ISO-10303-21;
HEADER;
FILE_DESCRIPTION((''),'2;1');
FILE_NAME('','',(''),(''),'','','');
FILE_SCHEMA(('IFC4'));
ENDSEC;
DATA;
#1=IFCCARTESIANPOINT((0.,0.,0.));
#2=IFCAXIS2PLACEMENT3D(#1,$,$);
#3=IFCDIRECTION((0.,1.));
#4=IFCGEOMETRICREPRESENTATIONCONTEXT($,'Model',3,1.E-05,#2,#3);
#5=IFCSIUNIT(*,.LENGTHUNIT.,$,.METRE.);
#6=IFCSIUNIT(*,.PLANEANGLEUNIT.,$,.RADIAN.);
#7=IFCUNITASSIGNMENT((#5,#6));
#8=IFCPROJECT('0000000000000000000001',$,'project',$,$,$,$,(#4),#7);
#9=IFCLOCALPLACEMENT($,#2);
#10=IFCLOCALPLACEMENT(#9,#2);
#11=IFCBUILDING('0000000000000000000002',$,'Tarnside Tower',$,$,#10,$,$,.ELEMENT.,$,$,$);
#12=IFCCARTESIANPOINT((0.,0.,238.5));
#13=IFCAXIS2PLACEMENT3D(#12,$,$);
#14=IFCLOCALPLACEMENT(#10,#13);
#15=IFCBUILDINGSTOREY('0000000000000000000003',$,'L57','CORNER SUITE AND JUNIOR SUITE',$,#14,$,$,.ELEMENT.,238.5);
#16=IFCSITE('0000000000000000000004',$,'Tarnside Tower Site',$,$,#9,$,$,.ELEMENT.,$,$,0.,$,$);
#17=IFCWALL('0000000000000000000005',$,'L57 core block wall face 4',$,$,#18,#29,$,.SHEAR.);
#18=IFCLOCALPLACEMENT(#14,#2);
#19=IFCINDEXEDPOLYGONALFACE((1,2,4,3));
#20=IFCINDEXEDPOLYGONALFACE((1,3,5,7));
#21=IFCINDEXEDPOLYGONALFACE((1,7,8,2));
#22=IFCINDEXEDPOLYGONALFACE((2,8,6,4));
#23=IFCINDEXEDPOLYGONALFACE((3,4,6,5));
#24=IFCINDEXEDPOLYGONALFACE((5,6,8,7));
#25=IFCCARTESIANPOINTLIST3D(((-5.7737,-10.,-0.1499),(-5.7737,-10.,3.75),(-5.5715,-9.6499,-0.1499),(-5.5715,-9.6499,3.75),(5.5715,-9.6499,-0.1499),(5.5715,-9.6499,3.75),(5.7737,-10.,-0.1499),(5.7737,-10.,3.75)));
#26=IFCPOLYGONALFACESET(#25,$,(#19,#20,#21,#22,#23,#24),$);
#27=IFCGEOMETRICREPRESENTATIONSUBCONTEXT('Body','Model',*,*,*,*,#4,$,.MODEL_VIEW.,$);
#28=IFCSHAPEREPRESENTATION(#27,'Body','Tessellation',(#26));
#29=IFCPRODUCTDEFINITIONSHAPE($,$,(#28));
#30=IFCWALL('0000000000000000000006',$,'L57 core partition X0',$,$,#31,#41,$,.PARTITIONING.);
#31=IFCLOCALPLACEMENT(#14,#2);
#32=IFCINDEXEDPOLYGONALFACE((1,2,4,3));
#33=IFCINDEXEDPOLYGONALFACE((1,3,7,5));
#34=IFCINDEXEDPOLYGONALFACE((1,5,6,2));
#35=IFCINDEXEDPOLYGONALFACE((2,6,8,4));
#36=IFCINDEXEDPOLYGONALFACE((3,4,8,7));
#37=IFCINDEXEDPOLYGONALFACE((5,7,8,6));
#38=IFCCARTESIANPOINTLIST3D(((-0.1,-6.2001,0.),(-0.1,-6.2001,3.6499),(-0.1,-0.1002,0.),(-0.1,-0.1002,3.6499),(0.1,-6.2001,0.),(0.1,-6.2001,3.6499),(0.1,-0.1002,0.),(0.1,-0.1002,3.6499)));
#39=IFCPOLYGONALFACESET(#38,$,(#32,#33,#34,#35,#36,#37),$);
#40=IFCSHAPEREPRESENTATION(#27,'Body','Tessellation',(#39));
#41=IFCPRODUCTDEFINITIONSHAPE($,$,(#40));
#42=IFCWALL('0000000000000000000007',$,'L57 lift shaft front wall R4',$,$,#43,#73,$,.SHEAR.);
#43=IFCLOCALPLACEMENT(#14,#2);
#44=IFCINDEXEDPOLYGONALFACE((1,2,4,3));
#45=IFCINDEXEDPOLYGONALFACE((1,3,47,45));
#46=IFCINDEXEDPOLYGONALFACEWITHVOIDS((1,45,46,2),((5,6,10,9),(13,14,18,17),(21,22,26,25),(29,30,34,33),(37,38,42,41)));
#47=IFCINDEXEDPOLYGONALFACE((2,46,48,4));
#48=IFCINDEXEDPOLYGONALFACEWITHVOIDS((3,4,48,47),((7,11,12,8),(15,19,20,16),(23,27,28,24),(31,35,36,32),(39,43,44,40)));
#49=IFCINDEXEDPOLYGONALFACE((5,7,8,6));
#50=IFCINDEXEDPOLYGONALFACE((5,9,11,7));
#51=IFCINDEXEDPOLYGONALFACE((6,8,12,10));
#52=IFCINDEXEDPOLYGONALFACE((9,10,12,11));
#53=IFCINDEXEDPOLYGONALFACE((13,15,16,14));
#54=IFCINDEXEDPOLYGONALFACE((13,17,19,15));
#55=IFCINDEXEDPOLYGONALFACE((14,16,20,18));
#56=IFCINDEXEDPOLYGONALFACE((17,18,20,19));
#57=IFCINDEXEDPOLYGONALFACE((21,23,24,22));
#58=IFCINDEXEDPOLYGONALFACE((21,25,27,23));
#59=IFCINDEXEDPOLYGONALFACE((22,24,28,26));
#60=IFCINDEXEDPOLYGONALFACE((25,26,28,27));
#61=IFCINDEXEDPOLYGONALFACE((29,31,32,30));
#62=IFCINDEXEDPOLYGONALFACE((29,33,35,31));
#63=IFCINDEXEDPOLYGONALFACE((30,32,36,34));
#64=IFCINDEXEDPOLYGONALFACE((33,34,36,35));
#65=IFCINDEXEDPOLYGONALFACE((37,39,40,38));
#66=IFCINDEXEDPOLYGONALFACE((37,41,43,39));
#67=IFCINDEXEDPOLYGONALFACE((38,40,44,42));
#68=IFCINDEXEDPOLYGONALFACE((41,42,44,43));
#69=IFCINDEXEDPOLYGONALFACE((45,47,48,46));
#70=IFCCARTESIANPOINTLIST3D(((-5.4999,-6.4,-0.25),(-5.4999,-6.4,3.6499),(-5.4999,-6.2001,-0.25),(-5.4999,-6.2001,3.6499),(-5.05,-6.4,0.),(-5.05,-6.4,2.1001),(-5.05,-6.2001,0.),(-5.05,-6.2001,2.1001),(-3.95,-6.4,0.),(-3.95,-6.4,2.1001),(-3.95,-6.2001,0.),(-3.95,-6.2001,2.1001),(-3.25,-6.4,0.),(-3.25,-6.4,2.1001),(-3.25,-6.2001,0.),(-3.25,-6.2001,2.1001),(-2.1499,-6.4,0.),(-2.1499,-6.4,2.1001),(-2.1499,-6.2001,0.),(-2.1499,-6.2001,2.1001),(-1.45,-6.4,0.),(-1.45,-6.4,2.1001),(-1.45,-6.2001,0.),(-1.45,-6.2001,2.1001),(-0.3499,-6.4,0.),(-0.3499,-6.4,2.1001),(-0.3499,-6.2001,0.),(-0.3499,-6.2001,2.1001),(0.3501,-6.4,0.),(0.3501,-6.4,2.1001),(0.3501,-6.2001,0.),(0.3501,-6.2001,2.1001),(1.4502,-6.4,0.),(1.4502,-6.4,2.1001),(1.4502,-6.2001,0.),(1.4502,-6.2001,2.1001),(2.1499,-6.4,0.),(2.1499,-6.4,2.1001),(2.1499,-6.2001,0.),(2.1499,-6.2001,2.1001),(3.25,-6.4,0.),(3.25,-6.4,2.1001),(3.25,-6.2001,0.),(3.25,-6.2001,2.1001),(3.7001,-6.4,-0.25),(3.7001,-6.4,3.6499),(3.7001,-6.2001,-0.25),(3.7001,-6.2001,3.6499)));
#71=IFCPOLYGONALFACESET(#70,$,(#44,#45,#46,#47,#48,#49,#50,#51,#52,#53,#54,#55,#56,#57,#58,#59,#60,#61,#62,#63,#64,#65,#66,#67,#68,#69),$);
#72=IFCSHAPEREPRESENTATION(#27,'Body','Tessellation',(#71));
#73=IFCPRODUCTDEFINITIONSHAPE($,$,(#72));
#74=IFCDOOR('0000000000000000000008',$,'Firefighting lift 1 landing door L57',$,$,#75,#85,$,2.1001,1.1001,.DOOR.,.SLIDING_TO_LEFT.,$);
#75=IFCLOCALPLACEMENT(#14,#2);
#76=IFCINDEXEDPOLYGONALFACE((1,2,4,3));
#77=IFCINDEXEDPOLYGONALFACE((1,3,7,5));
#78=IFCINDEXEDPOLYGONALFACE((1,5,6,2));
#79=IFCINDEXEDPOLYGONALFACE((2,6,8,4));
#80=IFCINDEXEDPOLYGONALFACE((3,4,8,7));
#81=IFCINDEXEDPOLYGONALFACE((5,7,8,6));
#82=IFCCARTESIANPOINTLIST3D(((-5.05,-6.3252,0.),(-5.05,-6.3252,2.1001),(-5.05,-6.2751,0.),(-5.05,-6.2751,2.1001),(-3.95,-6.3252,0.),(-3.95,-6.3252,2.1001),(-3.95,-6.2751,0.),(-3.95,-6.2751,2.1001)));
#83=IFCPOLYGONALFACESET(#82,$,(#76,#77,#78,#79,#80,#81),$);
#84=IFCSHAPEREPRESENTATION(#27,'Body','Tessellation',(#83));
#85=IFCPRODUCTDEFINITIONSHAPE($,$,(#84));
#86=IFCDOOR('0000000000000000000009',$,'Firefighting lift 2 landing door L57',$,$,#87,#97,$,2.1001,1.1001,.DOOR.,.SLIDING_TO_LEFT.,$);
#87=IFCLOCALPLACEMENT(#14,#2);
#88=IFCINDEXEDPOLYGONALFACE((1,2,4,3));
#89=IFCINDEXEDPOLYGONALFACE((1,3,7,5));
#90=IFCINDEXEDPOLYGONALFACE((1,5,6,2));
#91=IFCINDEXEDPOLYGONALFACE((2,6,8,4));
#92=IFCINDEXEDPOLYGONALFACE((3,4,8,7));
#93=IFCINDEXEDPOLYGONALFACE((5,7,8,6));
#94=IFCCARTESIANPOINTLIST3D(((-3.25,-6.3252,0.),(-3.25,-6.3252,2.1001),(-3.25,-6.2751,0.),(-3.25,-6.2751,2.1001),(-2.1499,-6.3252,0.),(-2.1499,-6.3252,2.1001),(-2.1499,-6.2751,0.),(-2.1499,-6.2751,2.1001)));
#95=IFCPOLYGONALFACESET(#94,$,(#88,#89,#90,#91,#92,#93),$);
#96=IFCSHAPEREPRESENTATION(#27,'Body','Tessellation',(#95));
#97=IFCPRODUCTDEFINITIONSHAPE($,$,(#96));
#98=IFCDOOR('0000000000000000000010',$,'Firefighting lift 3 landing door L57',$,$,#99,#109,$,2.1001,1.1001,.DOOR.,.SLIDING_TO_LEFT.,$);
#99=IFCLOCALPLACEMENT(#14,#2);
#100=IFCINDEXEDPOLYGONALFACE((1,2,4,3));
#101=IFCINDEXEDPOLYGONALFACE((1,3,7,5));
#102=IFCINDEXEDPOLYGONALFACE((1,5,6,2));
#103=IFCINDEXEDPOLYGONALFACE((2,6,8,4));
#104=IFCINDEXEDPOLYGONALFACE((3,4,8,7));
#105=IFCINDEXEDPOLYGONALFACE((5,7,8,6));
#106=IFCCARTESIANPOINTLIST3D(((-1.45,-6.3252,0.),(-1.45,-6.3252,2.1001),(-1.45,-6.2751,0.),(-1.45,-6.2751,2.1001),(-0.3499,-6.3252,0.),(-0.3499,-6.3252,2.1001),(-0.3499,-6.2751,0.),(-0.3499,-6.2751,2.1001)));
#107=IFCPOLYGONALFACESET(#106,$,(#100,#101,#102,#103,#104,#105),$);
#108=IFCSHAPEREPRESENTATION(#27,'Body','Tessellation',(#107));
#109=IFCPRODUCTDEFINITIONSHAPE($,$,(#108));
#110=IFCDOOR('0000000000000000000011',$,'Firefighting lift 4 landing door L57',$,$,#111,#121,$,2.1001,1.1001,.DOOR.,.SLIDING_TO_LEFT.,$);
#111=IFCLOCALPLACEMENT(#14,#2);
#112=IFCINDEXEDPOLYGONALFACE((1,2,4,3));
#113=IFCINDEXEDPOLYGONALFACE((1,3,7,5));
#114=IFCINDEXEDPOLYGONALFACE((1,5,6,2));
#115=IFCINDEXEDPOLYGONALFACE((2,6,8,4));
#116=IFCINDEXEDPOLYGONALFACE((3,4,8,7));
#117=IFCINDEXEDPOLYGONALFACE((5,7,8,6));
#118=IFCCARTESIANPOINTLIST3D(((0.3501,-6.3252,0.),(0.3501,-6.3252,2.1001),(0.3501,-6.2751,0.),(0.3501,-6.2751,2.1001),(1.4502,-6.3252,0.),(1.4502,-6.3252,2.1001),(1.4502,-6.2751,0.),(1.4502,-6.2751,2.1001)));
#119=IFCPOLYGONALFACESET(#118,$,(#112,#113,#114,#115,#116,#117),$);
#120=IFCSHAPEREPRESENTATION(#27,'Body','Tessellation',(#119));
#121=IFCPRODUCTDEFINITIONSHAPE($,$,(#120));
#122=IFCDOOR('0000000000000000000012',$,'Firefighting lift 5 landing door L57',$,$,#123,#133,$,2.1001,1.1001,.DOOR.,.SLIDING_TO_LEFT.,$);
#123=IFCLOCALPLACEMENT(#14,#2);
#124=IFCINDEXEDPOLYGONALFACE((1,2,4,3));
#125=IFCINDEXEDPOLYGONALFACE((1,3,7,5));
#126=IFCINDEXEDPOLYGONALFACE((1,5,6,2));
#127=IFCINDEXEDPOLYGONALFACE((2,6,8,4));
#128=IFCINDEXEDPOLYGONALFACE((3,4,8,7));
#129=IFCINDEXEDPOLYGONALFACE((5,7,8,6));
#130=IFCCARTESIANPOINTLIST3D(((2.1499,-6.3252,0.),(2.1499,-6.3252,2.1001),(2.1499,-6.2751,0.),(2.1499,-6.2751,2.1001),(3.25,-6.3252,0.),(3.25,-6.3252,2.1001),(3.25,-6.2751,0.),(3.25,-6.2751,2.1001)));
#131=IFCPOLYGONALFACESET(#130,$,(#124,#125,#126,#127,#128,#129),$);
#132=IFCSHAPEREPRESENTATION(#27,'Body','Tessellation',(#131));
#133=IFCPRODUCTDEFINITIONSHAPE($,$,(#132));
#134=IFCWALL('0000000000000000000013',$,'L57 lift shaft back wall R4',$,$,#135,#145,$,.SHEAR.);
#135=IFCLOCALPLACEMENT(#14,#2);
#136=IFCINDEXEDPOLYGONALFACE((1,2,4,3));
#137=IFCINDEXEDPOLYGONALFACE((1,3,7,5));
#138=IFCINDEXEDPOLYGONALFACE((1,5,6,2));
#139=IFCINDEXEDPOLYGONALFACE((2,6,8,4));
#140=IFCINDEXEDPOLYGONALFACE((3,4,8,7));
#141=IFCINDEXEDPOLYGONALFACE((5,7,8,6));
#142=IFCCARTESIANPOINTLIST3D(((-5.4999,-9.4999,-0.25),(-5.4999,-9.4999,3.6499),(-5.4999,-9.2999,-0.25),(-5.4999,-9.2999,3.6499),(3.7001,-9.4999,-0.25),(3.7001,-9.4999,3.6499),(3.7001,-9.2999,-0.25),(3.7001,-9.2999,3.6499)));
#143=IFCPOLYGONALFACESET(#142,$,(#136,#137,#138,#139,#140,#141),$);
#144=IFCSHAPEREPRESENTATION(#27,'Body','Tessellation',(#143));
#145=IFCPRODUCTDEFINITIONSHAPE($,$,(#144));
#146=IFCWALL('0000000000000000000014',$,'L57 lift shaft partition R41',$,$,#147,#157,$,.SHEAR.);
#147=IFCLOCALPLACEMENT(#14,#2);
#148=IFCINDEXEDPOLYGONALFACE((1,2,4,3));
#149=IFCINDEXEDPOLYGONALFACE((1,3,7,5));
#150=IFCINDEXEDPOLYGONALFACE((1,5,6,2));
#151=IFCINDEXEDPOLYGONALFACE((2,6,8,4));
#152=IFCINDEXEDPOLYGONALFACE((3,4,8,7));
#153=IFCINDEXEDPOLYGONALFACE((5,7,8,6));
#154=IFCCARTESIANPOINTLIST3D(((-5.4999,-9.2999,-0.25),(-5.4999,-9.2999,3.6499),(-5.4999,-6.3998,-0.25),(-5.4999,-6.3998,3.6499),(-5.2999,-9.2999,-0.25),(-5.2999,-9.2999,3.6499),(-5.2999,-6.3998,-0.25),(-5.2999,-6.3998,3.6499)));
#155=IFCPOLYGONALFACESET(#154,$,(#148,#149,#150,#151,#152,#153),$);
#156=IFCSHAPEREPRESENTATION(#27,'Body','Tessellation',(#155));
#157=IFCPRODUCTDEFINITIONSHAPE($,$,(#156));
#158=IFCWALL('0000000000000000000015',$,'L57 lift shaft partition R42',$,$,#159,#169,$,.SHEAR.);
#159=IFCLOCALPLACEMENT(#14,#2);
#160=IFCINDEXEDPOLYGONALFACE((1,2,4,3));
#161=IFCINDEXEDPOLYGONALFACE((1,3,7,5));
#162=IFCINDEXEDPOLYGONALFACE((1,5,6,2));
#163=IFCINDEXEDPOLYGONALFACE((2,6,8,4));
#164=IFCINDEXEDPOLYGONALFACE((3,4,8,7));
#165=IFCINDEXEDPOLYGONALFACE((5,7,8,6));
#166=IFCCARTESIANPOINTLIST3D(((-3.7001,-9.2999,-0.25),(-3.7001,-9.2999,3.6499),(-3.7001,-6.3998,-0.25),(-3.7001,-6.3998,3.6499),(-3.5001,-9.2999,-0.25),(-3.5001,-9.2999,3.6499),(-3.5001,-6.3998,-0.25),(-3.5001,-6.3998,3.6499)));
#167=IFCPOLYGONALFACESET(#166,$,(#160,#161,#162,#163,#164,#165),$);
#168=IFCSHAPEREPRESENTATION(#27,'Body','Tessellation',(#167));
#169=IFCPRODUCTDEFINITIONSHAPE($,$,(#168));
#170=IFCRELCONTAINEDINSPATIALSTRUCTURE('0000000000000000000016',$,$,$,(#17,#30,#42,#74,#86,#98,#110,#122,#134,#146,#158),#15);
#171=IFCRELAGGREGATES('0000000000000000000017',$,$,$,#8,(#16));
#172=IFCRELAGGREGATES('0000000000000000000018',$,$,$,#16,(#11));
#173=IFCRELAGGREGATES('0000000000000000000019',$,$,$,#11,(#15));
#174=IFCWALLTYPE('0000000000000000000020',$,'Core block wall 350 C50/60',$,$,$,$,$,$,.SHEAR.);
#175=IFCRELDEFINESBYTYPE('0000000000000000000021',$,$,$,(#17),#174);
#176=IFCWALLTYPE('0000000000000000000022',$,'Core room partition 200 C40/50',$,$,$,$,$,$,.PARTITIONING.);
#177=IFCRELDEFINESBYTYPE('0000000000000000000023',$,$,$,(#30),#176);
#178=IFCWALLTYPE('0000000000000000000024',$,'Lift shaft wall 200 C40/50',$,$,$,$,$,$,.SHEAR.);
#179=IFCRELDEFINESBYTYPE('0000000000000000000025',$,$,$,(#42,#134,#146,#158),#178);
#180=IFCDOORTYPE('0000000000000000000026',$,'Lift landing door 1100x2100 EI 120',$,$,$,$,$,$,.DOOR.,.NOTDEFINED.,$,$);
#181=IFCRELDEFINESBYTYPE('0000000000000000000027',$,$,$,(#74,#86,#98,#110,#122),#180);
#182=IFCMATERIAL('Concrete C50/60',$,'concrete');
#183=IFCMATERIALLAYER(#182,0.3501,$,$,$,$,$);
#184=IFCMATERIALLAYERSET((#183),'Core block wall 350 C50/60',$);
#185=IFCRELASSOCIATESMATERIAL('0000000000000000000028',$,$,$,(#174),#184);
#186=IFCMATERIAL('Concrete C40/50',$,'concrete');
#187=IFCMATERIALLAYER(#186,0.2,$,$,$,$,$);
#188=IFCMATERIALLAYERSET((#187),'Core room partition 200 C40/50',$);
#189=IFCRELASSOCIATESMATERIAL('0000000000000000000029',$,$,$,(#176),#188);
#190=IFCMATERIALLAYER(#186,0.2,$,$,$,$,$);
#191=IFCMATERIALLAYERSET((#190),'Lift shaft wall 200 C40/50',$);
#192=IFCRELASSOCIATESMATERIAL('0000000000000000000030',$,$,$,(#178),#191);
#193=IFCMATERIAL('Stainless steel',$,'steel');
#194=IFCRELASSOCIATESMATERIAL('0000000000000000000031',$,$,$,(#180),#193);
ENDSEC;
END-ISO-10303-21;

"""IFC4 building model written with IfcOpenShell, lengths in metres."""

from ifc_helpers import new_model, si_unit, direction, frame, frame_2d, origin, place, context, subcontext, project, spatial, polyline, rectangle, outline, extrude, material, layer, layer_set, type_object, element, fill, save


model = new_model("IFC4")

# Units and contexts
model_context = context("Model", 3, precision=1e-05, world=origin(), true_north=direction((0.0, 1.0)))
body_context = subcontext(model_context, "Body", "Model", "MODEL_VIEW")
ifc_project = project(units=[si_unit("LENGTHUNIT", "METRE"), si_unit("PLANEANGLEUNIT", "RADIAN")], contexts=[model_context])

# Site, building, storey
site_placement = place(None, origin())
site = spatial("IfcSite", under=ifc_project, at=site_placement, Name="Tarnside Tower Site", CompositionType="ELEMENT", RefElevation=0.0)
building_placement = place(site_placement, origin())
building = spatial("IfcBuilding", under=site, at=building_placement, Name="Tarnside Tower", CompositionType="ELEMENT")
storey_placement = place(building_placement, frame((0.0, 0.0, 238.5)))
storey = spatial("IfcBuildingStorey", under=building, at=storey_placement, Name="L57", Description="CORNER SUITE AND JUNIOR SUITE", CompositionType="ELEMENT", Elevation=238.5)

# Walls
ifc_material_1 = material(Name="Concrete C50/60", Category="concrete")
ifc_layer_1 = layer(ifc_material_1, 0.3501)
ifc_layer_set_1 = layer_set([ifc_layer_1], Name="Core block wall 350 C50/60")
wall_type_1 = type_object("IfcWallType", Name="Core block wall 350 C50/60", PredefinedType="SHEAR", material=ifc_layer_set_1)
wall_1_placement = place(storey_placement, frame((-5.6726, -9.825, -0.1499), z_axis=(0.0, 0.0, 1.0), x_axis=(1.0, 0.0, 0.0)))
element("IfcWall", 1, at=wall_1_placement, inside=storey, type_object=wall_type_1, Name="L57 core block wall face 4", PredefinedType="SHEAR", context=body_context, shape_type="SweptSolid", body=[
    extrude(outline(polyline([(-0.1011, -0.175), (11.4463, -0.175), (11.2441, 0.175), (0.1011, 0.175), (-0.1011, -0.175)])), origin(), (0.0, 0.0, 1.0), 3.8999),
])
ifc_material_2 = material(Name="Concrete C40/50", Category="concrete")
ifc_layer_2 = layer(ifc_material_2, 0.2)
ifc_layer_set_2 = layer_set([ifc_layer_2], Name="Core room partition 200 C40/50")
wall_type_2 = type_object("IfcWallType", Name="Core room partition 200 C40/50", PredefinedType="PARTITIONING", material=ifc_layer_set_2)
wall_2_placement = place(storey_placement, frame((0.0, -6.2, 0.0), z_axis=(0.0, 0.0, 1.0), x_axis=(0.0, 1.0, 0.0)))
element("IfcWall", 2, at=wall_2_placement, inside=storey, type_object=wall_type_2, Name="L57 core partition X0", PredefinedType="PARTITIONING", context=body_context, shape_type="SweptSolid", body=[
    extrude(rectangle(XDim=6.0999, YDim=0.2, at=frame_2d((3.0498, 0.0))), origin(), (0.0, 0.0, 1.0), 3.6499),
])

# Wall, openings, doors
ifc_layer_3 = layer(ifc_material_2, 0.2)
ifc_layer_set_3 = layer_set([ifc_layer_3], Name="Lift shaft wall 200 C40/50")
wall_type_3 = type_object("IfcWallType", Name="Lift shaft wall 200 C40/50", PredefinedType="SHEAR", material=ifc_layer_set_3)
wall_3_placement = place(storey_placement, frame((-5.5, -6.3, -0.25), z_axis=(0.0, 0.0, 1.0), x_axis=(1.0, 0.0, 0.0)))
wall_3 = element("IfcWall", 3, at=wall_3_placement, inside=storey, type_object=wall_type_3, Name="L57 lift shaft front wall R4", PredefinedType="SHEAR", context=body_context, shape_type="SweptSolid", body=[
    extrude(rectangle(XDim=9.2, YDim=0.2, at=frame_2d((4.6001, 0.0))), origin(), (0.0, 0.0, 1.0), 3.8999),
])
opening_1_placement = place(wall_3_placement, frame((0.45, 0.0, 0.25)))
opening_1 = element("IfcOpeningElement", 4, at=opening_1_placement, cuts=wall_3, PredefinedType="OPENING", context=body_context, shape_type="SweptSolid", body=[
    extrude(rectangle(XDim=1.1001, YDim=2.1001, at=frame_2d((0.55, 1.05))), frame((0.0, 0.1099, 0.0), z_axis=(0.0, -1.0, 0.0), x_axis=(1.0, 0.0, 0.0)), (0.0, 0.0, 1.0), 0.22),
])
opening_2_placement = place(wall_3_placement, frame((2.25, 0.0, 0.25)))
opening_2 = element("IfcOpeningElement", 5, at=opening_2_placement, cuts=wall_3, PredefinedType="OPENING", context=body_context, shape_type="SweptSolid", body=[
    extrude(rectangle(XDim=1.1001, YDim=2.1001, at=frame_2d((0.55, 1.05))), frame((0.0, 0.1099, 0.0), z_axis=(0.0, -1.0, 0.0), x_axis=(1.0, 0.0, 0.0)), (0.0, 0.0, 1.0), 0.22),
])
opening_3_placement = place(wall_3_placement, frame((4.05, 0.0, 0.25)))
opening_3 = element("IfcOpeningElement", 6, at=opening_3_placement, cuts=wall_3, PredefinedType="OPENING", context=body_context, shape_type="SweptSolid", body=[
    extrude(rectangle(XDim=1.1001, YDim=2.1001, at=frame_2d((0.55, 1.05))), frame((0.0, 0.1099, 0.0), z_axis=(0.0, -1.0, 0.0), x_axis=(1.0, 0.0, 0.0)), (0.0, 0.0, 1.0), 0.22),
])
opening_4_placement = place(wall_3_placement, frame((5.8501, 0.0, 0.25)))
opening_4 = element("IfcOpeningElement", 7, at=opening_4_placement, cuts=wall_3, PredefinedType="OPENING", context=body_context, shape_type="SweptSolid", body=[
    extrude(rectangle(XDim=1.1001, YDim=2.1001, at=frame_2d((0.55, 1.05))), frame((0.0, 0.1099, 0.0), z_axis=(0.0, -1.0, 0.0), x_axis=(1.0, 0.0, 0.0)), (0.0, 0.0, 1.0), 0.22),
])
opening_5_placement = place(wall_3_placement, frame((7.6499, 0.0, 0.25)))
opening_5 = element("IfcOpeningElement", 8, at=opening_5_placement, cuts=wall_3, PredefinedType="OPENING", context=body_context, shape_type="SweptSolid", body=[
    extrude(rectangle(XDim=1.1001, YDim=2.1001, at=frame_2d((0.55, 1.05))), frame((0.0, 0.1099, 0.0), z_axis=(0.0, -1.0, 0.0), x_axis=(1.0, 0.0, 0.0)), (0.0, 0.0, 1.0), 0.22),
])
ifc_material_3 = material(Name="Stainless steel", Category="steel")
door_type = type_object("IfcDoorType", Name="Lift landing door 1100x2100 EI 120", OperationType="NOTDEFINED", PredefinedType="DOOR", material=ifc_material_3)
door_1_placement = place(opening_1_placement, origin())
door_1 = element("IfcDoor", 9, at=door_1_placement, inside=storey, type_object=door_type, Name="Firefighting lift 1 landing door L57", OperationType="SLIDING_TO_LEFT", OverallHeight=2.1001, OverallWidth=1.1001, PredefinedType="DOOR", context=body_context, shape_type="SweptSolid", body=[
    extrude(rectangle(XDim=1.1001, YDim=2.1001, at=frame_2d((0.55, 1.05))), frame((0.0, 0.0249, 0.0), z_axis=(0.0, -1.0, 0.0), x_axis=(1.0, 0.0, 0.0)), (0.0, 0.0, 1.0), 0.05),
])
fill(opening_1, door_1)
door_2_placement = place(opening_2_placement, origin())
door_2 = element("IfcDoor", 10, at=door_2_placement, inside=storey, type_object=door_type, Name="Firefighting lift 2 landing door L57", OperationType="SLIDING_TO_LEFT", OverallHeight=2.1001, OverallWidth=1.1001, PredefinedType="DOOR", context=body_context, shape_type="SweptSolid", body=[
    extrude(rectangle(XDim=1.1001, YDim=2.1001, at=frame_2d((0.55, 1.05))), frame((0.0, 0.0249, 0.0), z_axis=(0.0, -1.0, 0.0), x_axis=(1.0, 0.0, 0.0)), (0.0, 0.0, 1.0), 0.05),
])
fill(opening_2, door_2)
door_3_placement = place(opening_3_placement, origin())
door_3 = element("IfcDoor", 11, at=door_3_placement, inside=storey, type_object=door_type, Name="Firefighting lift 3 landing door L57", OperationType="SLIDING_TO_LEFT", OverallHeight=2.1001, OverallWidth=1.1001, PredefinedType="DOOR", context=body_context, shape_type="SweptSolid", body=[
    extrude(rectangle(XDim=1.1001, YDim=2.1001, at=frame_2d((0.55, 1.05))), frame((0.0, 0.0249, 0.0), z_axis=(0.0, -1.0, 0.0), x_axis=(1.0, 0.0, 0.0)), (0.0, 0.0, 1.0), 0.05),
])
fill(opening_3, door_3)
door_4_placement = place(opening_4_placement, origin())
door_4 = element("IfcDoor", 12, at=door_4_placement, inside=storey, type_object=door_type, Name="Firefighting lift 4 landing door L57", OperationType="SLIDING_TO_LEFT", OverallHeight=2.1001, OverallWidth=1.1001, PredefinedType="DOOR", context=body_context, shape_type="SweptSolid", body=[
    extrude(rectangle(XDim=1.1001, YDim=2.1001, at=frame_2d((0.55, 1.05))), frame((0.0, 0.0249, 0.0), z_axis=(0.0, -1.0, 0.0), x_axis=(1.0, 0.0, 0.0)), (0.0, 0.0, 1.0), 0.05),
])
fill(opening_4, door_4)
door_5_placement = place(opening_5_placement, origin())
door_5 = element("IfcDoor", 13, at=door_5_placement, inside=storey, type_object=door_type, Name="Firefighting lift 5 landing door L57", OperationType="SLIDING_TO_LEFT", OverallHeight=2.1001, OverallWidth=1.1001, PredefinedType="DOOR", context=body_context, shape_type="SweptSolid", body=[
    extrude(rectangle(XDim=1.1001, YDim=2.1001, at=frame_2d((0.55, 1.05))), frame((0.0, 0.0249, 0.0), z_axis=(0.0, -1.0, 0.0), x_axis=(1.0, 0.0, 0.0)), (0.0, 0.0, 1.0), 0.05),
])
fill(opening_5, door_5)

# Walls
wall_4_placement = place(storey_placement, frame((-5.5, -9.3999, -0.25), z_axis=(0.0, 0.0, 1.0), x_axis=(1.0, 0.0, 0.0)))
element("IfcWall", 14, at=wall_4_placement, inside=storey, type_object=wall_type_3, Name="L57 lift shaft back wall R4", PredefinedType="SHEAR", context=body_context, shape_type="SweptSolid", body=[
    extrude(rectangle(XDim=9.2, YDim=0.2, at=frame_2d((4.6001, 0.0))), origin(), (0.0, 0.0, 1.0), 3.8999),
])
for number, where, z_axis, x_axis, name in (
    (15, (-5.3999, -9.3, -0.25), (0.0, 0.0, 1.0), (0.0, 1.0, 0.0), "L57 lift shaft partition R41"),
    (16, (-3.6001, -9.3, -0.25), (0.0, 0.0, 1.0), (0.0, 1.0, 0.0), "L57 lift shaft partition R42"),
):
    element("IfcWall", number, at=place(storey_placement, frame(where, z_axis=z_axis, x_axis=x_axis)), inside=storey, type_object=wall_type_3, Name=name, PredefinedType="SHEAR", context=body_context, shape_type="SweptSolid", body=[
        extrude(rectangle(XDim=2.9001, YDim=0.2, at=frame_2d((1.4502, 0.0))), origin(), (0.0, 0.0, 1.0), 3.8999),
    ])

save(model, "model.ifc")
